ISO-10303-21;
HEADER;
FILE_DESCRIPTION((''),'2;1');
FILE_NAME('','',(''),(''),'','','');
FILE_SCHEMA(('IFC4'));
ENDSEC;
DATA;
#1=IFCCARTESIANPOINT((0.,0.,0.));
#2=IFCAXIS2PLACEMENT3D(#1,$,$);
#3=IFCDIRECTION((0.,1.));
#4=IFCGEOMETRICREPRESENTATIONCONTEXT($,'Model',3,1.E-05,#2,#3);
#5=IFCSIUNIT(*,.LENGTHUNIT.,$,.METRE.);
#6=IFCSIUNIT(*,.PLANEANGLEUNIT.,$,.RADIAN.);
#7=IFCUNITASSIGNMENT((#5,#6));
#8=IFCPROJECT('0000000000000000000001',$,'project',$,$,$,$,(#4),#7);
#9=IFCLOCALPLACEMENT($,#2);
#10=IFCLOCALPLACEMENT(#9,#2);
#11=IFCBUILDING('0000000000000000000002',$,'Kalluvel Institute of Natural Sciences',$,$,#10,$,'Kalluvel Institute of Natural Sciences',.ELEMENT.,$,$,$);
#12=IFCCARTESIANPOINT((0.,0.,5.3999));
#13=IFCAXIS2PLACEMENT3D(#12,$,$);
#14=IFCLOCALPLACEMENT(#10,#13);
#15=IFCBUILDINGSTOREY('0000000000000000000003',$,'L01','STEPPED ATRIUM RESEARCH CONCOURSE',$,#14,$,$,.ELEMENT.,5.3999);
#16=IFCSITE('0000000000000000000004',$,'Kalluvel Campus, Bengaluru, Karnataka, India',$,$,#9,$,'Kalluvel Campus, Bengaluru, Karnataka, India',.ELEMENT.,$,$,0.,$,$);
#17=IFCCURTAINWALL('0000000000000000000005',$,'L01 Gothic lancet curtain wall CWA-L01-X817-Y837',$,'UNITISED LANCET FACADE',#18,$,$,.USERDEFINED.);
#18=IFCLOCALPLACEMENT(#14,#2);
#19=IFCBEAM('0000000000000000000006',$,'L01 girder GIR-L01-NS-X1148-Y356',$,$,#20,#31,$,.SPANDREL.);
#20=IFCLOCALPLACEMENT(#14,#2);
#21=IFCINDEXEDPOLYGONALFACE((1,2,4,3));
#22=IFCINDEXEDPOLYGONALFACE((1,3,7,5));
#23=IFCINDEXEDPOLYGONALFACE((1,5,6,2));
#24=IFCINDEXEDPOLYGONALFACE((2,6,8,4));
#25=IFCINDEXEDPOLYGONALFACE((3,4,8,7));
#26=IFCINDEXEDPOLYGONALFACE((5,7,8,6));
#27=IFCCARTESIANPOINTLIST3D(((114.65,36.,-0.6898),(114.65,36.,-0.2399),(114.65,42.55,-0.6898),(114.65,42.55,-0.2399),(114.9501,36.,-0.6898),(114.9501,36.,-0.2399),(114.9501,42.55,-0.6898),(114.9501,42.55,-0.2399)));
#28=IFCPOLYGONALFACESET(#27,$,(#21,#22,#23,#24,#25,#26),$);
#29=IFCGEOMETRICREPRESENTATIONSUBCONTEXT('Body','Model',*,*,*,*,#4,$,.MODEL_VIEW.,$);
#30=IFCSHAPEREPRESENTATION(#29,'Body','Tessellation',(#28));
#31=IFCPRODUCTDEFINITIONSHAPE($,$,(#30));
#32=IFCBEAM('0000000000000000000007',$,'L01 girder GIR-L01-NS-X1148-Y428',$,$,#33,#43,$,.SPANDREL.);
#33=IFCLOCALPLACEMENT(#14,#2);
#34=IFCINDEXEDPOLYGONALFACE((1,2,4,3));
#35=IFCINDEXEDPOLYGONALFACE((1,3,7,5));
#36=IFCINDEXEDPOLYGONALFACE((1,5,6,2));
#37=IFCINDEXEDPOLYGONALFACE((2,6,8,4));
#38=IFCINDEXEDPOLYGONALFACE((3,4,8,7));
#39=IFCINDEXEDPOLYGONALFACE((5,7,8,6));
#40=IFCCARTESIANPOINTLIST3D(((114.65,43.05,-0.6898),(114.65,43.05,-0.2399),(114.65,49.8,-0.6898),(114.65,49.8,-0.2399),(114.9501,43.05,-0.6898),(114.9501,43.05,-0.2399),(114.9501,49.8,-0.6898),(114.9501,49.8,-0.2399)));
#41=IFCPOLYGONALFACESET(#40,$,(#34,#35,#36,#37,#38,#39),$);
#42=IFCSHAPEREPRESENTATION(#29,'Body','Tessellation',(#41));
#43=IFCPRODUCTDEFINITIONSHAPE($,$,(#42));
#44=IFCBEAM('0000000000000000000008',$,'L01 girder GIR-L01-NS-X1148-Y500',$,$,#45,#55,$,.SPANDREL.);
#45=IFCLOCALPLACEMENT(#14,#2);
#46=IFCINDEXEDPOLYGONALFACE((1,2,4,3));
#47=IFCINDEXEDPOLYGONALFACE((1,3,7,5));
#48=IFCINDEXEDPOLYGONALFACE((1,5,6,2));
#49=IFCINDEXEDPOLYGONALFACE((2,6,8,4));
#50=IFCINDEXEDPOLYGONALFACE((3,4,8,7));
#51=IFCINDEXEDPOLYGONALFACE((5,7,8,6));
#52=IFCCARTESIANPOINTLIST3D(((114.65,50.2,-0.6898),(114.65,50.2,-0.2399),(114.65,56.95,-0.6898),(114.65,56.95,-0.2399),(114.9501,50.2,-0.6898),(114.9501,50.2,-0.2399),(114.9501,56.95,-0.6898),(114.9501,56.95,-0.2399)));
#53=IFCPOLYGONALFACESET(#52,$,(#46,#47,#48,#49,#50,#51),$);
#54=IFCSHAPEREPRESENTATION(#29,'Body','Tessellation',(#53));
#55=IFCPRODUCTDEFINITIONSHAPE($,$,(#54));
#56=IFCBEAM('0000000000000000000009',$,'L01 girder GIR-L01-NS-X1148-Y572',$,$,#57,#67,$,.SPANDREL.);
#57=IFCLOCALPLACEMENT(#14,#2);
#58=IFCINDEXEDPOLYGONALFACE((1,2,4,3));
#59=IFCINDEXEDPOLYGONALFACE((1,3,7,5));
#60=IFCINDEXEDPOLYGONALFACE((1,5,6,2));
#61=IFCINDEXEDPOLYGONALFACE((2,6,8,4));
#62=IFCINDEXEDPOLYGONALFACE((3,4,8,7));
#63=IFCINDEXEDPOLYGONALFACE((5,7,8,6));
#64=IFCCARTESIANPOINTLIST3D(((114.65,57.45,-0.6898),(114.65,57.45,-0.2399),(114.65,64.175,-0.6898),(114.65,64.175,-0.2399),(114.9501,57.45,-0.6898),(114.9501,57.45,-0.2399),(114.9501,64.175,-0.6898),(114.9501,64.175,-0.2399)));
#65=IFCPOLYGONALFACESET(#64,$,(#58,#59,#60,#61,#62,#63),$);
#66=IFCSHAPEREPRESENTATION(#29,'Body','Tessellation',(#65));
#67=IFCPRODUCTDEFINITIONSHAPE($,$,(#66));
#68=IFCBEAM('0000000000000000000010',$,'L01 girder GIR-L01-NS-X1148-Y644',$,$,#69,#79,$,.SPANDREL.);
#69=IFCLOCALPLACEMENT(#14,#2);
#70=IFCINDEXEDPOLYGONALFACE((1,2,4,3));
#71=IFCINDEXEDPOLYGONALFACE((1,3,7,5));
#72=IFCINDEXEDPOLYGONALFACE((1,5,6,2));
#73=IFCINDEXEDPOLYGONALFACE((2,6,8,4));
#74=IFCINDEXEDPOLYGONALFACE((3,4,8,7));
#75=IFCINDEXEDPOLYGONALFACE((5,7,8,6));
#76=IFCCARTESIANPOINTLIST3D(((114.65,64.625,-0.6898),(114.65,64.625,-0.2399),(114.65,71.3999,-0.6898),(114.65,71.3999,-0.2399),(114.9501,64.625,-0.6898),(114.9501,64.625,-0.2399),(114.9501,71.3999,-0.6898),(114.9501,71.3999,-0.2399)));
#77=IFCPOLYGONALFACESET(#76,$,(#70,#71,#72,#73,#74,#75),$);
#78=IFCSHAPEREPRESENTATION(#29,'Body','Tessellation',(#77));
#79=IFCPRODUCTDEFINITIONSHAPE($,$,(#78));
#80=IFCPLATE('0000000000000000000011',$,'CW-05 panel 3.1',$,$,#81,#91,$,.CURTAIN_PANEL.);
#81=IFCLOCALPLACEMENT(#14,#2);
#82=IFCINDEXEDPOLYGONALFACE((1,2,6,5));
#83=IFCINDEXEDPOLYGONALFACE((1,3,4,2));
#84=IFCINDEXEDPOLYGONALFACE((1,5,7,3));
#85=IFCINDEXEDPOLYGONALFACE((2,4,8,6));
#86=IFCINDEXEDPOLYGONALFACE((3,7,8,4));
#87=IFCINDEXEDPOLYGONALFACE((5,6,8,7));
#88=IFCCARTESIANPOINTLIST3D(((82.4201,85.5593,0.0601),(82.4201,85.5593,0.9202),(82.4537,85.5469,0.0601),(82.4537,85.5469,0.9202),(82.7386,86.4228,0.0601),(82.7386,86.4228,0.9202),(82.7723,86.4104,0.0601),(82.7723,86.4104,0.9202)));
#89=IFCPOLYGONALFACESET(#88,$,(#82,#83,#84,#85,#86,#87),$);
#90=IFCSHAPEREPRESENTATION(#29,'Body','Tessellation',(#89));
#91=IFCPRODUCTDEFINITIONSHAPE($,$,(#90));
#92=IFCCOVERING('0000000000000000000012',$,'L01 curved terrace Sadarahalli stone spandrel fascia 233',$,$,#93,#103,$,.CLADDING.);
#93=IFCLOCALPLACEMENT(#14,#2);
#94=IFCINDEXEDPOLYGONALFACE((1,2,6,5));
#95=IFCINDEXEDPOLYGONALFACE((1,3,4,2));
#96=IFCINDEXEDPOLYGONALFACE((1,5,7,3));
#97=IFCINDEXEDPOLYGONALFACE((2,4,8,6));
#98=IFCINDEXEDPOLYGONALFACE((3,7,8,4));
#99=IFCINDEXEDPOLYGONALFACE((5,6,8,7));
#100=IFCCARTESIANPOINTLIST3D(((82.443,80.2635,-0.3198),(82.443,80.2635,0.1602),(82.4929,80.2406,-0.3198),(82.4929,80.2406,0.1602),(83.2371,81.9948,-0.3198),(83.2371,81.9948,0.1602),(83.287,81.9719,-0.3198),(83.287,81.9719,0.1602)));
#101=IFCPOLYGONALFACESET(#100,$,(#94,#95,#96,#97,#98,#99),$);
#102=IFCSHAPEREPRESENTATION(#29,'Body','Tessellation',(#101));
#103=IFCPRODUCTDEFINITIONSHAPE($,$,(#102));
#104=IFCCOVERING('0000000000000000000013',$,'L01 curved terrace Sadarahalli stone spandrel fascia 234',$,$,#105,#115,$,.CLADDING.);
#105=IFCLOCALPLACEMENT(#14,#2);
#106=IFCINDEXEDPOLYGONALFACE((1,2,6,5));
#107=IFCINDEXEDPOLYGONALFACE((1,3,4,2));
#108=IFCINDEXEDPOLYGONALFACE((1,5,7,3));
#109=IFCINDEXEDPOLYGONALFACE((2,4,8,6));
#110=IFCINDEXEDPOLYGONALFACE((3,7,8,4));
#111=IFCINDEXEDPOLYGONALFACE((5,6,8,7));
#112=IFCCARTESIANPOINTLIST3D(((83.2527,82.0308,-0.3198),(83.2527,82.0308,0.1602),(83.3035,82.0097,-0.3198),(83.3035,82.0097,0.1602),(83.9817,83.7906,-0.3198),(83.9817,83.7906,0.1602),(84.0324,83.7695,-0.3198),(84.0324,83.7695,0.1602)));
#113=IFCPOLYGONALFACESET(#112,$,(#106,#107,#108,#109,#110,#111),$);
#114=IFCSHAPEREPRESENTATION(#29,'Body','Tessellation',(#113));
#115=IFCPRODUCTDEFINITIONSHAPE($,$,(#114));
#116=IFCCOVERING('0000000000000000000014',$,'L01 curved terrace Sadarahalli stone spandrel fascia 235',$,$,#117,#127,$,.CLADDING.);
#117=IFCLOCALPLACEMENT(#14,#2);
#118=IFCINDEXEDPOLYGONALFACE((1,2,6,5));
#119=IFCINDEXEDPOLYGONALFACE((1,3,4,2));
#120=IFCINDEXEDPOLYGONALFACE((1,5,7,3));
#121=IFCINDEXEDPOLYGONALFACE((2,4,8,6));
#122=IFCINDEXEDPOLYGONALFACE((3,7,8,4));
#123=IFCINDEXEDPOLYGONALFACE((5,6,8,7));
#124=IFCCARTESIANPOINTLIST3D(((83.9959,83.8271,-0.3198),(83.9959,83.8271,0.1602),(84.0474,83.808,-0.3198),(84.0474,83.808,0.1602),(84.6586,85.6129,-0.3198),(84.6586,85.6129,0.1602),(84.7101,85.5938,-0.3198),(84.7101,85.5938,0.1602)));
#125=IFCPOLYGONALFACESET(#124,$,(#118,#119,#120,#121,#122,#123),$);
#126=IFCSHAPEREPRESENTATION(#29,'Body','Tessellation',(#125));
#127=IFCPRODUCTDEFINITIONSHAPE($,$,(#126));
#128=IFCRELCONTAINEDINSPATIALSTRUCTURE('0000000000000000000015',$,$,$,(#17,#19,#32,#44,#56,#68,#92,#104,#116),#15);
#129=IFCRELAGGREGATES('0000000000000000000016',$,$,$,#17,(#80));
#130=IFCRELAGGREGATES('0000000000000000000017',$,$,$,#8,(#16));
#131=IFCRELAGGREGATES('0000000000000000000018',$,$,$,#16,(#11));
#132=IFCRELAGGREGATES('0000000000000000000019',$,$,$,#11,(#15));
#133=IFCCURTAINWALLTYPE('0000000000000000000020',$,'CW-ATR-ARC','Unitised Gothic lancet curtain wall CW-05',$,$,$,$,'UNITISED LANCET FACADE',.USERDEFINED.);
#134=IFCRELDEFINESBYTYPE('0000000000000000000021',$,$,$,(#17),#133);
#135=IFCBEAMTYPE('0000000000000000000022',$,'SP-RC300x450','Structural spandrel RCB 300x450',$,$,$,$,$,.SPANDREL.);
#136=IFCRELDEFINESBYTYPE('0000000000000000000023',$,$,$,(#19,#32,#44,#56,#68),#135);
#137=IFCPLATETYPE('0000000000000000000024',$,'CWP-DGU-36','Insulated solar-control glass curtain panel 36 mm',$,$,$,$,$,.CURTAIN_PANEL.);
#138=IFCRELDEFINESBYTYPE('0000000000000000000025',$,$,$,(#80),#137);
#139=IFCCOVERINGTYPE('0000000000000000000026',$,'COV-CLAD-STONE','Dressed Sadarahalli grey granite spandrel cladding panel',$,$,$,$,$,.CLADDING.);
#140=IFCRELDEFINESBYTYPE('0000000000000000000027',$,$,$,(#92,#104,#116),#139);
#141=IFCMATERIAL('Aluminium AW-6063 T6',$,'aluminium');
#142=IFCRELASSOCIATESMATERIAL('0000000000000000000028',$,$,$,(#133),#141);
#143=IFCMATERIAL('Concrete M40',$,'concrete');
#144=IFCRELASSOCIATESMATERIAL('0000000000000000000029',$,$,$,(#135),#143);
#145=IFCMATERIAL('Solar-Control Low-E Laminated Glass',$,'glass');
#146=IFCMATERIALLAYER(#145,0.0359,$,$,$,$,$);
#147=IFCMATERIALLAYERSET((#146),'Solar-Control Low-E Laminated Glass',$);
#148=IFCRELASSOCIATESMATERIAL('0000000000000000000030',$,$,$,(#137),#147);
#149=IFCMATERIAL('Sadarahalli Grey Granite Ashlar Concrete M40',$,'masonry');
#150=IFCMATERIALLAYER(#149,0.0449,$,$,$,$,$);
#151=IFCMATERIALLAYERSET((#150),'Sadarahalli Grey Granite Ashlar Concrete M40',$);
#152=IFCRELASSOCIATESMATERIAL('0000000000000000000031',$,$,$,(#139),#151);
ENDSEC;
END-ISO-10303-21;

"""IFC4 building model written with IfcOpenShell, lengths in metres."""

from ifc_helpers import new_model, si_unit, direction, frame, origin, origin_2d, place, context, subcontext, project, spatial, rectangle, extrude, material, layer, layer_set, material_profile, profile_set, type_object, element, aggregate, save


model = new_model("IFC4")

# Units and contexts
model_context = context("Model", 3, precision=1e-05, world=origin(), true_north=direction((0.0, 1.0)))
body_context = subcontext(model_context, "Body", "Model", "MODEL_VIEW")
ifc_project = project(units=[si_unit("LENGTHUNIT", "METRE"), si_unit("PLANEANGLEUNIT", "RADIAN")], contexts=[model_context])

# Site, building, storey
site_placement = place(None, origin())
site = spatial("IfcSite", under=ifc_project, at=site_placement, Name="Kalluvel Campus, Bengaluru, Karnataka, India", LongName="Kalluvel Campus, Bengaluru, Karnataka, India", CompositionType="ELEMENT", RefElevation=0.0)
building_placement = place(site_placement, origin())
building = spatial("IfcBuilding", under=site, at=building_placement, Name="Kalluvel Institute of Natural Sciences", LongName="Kalluvel Institute of Natural Sciences", CompositionType="ELEMENT")
storey_placement = place(building_placement, frame((0.0, 0.0, 5.3999)))
storey = spatial("IfcBuildingStorey", under=building, at=storey_placement, Name="L01", Description="STEPPED ATRIUM RESEARCH CONCOURSE", CompositionType="ELEMENT", Elevation=5.3999)

# Shared definitions
ifc_material_1 = material(Name="Concrete M40", Category="concrete")

# Curtain wall
ifc_material_2 = material(Name="Aluminium AW-6063 T6", Category="aluminium")
curtain_wall_type = type_object("IfcCurtainWallType", Name="CW-ATR-ARC", Description="Unitised Gothic lancet curtain wall CW-05", ElementType="UNITISED LANCET FACADE", PredefinedType="USERDEFINED", material=ifc_material_2)
curtain_wall_placement = place(storey_placement, origin())
curtain_wall = element("IfcCurtainWall", 1, at=curtain_wall_placement, inside=storey, type_object=curtain_wall_type, Name="L01 Gothic lancet curtain wall CWA-L01-X817-Y837", ObjectType="UNITISED LANCET FACADE", PredefinedType="USERDEFINED")

# Beams
ifc_material_profile_1 = material_profile(ifc_material_1, rectangle(XDim=0.3, YDim=0.45, at=origin_2d()), Name="RCB 300x450")
ifc_profile_set_1 = profile_set([ifc_material_profile_1], Name="Concrete M40")
beam_type_1 = type_object("IfcBeamType", Name="SP-RC300x450", Description="Structural spandrel RCB 300x450", PredefinedType="SPANDREL", material=ifc_profile_set_1)
beam_1_placement = place(storey_placement, frame((114.8, 36.0, -0.4648), z_axis=(0.0, 1.0, 0.0), x_axis=(-1.0, 0.0, 0.0)))
element("IfcBeam", 2, at=beam_1_placement, inside=storey, type_object=beam_type_1, Name="L01 girder GIR-L01-NS-X1148-Y356", PredefinedType="SPANDREL", context=body_context, shape_type="SweptSolid", body=[
    extrude(rectangle(XDim=0.3, YDim=0.45, at=origin_2d()), origin(), (0.0, 0.0, 1.0), 6.55),
])
for number, where, z_axis, x_axis, name in (
    (3, (114.8, 43.05, -0.4648), (0.0, 1.0, 0.0), (-1.0, 0.0, 0.0), "L01 girder GIR-L01-NS-X1148-Y428"),
    (4, (114.8, 50.2, -0.4648), (0.0, 1.0, 0.0), (-1.0, 0.0, 0.0), "L01 girder GIR-L01-NS-X1148-Y500"),
):
    element("IfcBeam", number, at=place(storey_placement, frame(where, z_axis=z_axis, x_axis=x_axis)), inside=storey, type_object=beam_type_1, Name=name, PredefinedType="SPANDREL", context=body_context, shape_type="SweptSolid", body=[
        extrude(rectangle(XDim=0.3, YDim=0.45, at=origin_2d()), origin(), (0.0, 0.0, 1.0), 6.75),
    ])
beam_2_placement = place(storey_placement, frame((114.8, 57.45, -0.4648), z_axis=(0.0, 1.0, 0.0), x_axis=(-1.0, 0.0, 0.0)))
element("IfcBeam", 5, at=beam_2_placement, inside=storey, type_object=beam_type_1, Name="L01 girder GIR-L01-NS-X1148-Y572", PredefinedType="SPANDREL", context=body_context, shape_type="SweptSolid", body=[
    extrude(rectangle(XDim=0.3, YDim=0.45, at=origin_2d()), origin(), (0.0, 0.0, 1.0), 6.7251),
])
beam_3_placement = place(storey_placement, frame((114.8, 64.625, -0.4648), z_axis=(0.0, 1.0, 0.0), x_axis=(-1.0, 0.0, 0.0)))
element("IfcBeam", 6, at=beam_3_placement, inside=storey, type_object=beam_type_1, Name="L01 girder GIR-L01-NS-X1148-Y644", PredefinedType="SPANDREL", context=body_context, shape_type="SweptSolid", body=[
    extrude(rectangle(XDim=0.3, YDim=0.45, at=origin_2d()), origin(), (0.0, 0.0, 1.0), 6.7749),
])

# Plate
ifc_material_3 = material(Name="Solar-Control Low-E Laminated Glass", Category="glass")
ifc_layer_1 = layer(ifc_material_3, 0.0359)
ifc_layer_set_1 = layer_set([ifc_layer_1], Name="Solar-Control Low-E Laminated Glass")
plate_type = type_object("IfcPlateType", Name="CWP-DGU-36", Description="Insulated solar-control glass curtain panel 36 mm", PredefinedType="CURTAIN_PANEL", material=ifc_layer_set_1)
plate_placement = place(storey_placement, frame((82.5962, 85.9849, 0.0601), z_axis=(0.0, 0.0, 1.0), x_axis=(0.346122, 0.938189, 0.0)))
plate = element("IfcPlate", 7, at=plate_placement, type_object=plate_type, Name="CW-05 panel 3.1", PredefinedType="CURTAIN_PANEL", context=body_context, shape_type="SweptSolid", body=[
    extrude(rectangle(XDim=0.9204, YDim=0.0359, at=origin_2d()), origin(), (0.0, 0.0, 1.0), 0.8601),
])
aggregate(curtain_wall, [plate])

# Coverings
ifc_material_4 = material(Name="Sadarahalli Grey Granite Ashlar Concrete M40", Category="masonry")
ifc_layer_2 = layer(ifc_material_4, 0.0449)
ifc_layer_set_2 = layer_set([ifc_layer_2], Name="Sadarahalli Grey Granite Ashlar Concrete M40")
covering_type = type_object("IfcCoveringType", Name="COV-CLAD-STONE", Description="Dressed Sadarahalli grey granite spandrel cladding panel", PredefinedType="CLADDING", material=ifc_layer_set_2)
for number, where, z_axis, x_axis, name in (
    (8, (82.865, 81.1177, -0.3198), (0.0, 0.0, 1.0), (0.416915, 0.908945, 0.0), "L01 curved terrace Sadarahalli stone spandrel fascia 233"),
    (9, (83.6426, 82.9001, -0.3198), (0.0, 0.0, 1.0), (0.382683, 0.92388, 0.0), "L01 curved terrace Sadarahalli stone spandrel fascia 234"),
    (10, (84.353, 84.7104, -0.3198), (0.0, 0.0, 1.0), (0.347918, 0.937525, 0.0), "L01 curved terrace Sadarahalli stone spandrel fascia 235"),
):
    element("IfcCovering", number, at=place(storey_placement, frame(where, z_axis=z_axis, x_axis=x_axis)), inside=storey, type_object=covering_type, Name=name, PredefinedType="CLADDING", context=body_context, shape_type="SweptSolid", body=[
        extrude(rectangle(XDim=1.9048, YDim=0.0549, at=origin_2d()), origin(), (0.0, 0.0, 1.0), 0.48),
    ])

save(model, "model.ifc")
